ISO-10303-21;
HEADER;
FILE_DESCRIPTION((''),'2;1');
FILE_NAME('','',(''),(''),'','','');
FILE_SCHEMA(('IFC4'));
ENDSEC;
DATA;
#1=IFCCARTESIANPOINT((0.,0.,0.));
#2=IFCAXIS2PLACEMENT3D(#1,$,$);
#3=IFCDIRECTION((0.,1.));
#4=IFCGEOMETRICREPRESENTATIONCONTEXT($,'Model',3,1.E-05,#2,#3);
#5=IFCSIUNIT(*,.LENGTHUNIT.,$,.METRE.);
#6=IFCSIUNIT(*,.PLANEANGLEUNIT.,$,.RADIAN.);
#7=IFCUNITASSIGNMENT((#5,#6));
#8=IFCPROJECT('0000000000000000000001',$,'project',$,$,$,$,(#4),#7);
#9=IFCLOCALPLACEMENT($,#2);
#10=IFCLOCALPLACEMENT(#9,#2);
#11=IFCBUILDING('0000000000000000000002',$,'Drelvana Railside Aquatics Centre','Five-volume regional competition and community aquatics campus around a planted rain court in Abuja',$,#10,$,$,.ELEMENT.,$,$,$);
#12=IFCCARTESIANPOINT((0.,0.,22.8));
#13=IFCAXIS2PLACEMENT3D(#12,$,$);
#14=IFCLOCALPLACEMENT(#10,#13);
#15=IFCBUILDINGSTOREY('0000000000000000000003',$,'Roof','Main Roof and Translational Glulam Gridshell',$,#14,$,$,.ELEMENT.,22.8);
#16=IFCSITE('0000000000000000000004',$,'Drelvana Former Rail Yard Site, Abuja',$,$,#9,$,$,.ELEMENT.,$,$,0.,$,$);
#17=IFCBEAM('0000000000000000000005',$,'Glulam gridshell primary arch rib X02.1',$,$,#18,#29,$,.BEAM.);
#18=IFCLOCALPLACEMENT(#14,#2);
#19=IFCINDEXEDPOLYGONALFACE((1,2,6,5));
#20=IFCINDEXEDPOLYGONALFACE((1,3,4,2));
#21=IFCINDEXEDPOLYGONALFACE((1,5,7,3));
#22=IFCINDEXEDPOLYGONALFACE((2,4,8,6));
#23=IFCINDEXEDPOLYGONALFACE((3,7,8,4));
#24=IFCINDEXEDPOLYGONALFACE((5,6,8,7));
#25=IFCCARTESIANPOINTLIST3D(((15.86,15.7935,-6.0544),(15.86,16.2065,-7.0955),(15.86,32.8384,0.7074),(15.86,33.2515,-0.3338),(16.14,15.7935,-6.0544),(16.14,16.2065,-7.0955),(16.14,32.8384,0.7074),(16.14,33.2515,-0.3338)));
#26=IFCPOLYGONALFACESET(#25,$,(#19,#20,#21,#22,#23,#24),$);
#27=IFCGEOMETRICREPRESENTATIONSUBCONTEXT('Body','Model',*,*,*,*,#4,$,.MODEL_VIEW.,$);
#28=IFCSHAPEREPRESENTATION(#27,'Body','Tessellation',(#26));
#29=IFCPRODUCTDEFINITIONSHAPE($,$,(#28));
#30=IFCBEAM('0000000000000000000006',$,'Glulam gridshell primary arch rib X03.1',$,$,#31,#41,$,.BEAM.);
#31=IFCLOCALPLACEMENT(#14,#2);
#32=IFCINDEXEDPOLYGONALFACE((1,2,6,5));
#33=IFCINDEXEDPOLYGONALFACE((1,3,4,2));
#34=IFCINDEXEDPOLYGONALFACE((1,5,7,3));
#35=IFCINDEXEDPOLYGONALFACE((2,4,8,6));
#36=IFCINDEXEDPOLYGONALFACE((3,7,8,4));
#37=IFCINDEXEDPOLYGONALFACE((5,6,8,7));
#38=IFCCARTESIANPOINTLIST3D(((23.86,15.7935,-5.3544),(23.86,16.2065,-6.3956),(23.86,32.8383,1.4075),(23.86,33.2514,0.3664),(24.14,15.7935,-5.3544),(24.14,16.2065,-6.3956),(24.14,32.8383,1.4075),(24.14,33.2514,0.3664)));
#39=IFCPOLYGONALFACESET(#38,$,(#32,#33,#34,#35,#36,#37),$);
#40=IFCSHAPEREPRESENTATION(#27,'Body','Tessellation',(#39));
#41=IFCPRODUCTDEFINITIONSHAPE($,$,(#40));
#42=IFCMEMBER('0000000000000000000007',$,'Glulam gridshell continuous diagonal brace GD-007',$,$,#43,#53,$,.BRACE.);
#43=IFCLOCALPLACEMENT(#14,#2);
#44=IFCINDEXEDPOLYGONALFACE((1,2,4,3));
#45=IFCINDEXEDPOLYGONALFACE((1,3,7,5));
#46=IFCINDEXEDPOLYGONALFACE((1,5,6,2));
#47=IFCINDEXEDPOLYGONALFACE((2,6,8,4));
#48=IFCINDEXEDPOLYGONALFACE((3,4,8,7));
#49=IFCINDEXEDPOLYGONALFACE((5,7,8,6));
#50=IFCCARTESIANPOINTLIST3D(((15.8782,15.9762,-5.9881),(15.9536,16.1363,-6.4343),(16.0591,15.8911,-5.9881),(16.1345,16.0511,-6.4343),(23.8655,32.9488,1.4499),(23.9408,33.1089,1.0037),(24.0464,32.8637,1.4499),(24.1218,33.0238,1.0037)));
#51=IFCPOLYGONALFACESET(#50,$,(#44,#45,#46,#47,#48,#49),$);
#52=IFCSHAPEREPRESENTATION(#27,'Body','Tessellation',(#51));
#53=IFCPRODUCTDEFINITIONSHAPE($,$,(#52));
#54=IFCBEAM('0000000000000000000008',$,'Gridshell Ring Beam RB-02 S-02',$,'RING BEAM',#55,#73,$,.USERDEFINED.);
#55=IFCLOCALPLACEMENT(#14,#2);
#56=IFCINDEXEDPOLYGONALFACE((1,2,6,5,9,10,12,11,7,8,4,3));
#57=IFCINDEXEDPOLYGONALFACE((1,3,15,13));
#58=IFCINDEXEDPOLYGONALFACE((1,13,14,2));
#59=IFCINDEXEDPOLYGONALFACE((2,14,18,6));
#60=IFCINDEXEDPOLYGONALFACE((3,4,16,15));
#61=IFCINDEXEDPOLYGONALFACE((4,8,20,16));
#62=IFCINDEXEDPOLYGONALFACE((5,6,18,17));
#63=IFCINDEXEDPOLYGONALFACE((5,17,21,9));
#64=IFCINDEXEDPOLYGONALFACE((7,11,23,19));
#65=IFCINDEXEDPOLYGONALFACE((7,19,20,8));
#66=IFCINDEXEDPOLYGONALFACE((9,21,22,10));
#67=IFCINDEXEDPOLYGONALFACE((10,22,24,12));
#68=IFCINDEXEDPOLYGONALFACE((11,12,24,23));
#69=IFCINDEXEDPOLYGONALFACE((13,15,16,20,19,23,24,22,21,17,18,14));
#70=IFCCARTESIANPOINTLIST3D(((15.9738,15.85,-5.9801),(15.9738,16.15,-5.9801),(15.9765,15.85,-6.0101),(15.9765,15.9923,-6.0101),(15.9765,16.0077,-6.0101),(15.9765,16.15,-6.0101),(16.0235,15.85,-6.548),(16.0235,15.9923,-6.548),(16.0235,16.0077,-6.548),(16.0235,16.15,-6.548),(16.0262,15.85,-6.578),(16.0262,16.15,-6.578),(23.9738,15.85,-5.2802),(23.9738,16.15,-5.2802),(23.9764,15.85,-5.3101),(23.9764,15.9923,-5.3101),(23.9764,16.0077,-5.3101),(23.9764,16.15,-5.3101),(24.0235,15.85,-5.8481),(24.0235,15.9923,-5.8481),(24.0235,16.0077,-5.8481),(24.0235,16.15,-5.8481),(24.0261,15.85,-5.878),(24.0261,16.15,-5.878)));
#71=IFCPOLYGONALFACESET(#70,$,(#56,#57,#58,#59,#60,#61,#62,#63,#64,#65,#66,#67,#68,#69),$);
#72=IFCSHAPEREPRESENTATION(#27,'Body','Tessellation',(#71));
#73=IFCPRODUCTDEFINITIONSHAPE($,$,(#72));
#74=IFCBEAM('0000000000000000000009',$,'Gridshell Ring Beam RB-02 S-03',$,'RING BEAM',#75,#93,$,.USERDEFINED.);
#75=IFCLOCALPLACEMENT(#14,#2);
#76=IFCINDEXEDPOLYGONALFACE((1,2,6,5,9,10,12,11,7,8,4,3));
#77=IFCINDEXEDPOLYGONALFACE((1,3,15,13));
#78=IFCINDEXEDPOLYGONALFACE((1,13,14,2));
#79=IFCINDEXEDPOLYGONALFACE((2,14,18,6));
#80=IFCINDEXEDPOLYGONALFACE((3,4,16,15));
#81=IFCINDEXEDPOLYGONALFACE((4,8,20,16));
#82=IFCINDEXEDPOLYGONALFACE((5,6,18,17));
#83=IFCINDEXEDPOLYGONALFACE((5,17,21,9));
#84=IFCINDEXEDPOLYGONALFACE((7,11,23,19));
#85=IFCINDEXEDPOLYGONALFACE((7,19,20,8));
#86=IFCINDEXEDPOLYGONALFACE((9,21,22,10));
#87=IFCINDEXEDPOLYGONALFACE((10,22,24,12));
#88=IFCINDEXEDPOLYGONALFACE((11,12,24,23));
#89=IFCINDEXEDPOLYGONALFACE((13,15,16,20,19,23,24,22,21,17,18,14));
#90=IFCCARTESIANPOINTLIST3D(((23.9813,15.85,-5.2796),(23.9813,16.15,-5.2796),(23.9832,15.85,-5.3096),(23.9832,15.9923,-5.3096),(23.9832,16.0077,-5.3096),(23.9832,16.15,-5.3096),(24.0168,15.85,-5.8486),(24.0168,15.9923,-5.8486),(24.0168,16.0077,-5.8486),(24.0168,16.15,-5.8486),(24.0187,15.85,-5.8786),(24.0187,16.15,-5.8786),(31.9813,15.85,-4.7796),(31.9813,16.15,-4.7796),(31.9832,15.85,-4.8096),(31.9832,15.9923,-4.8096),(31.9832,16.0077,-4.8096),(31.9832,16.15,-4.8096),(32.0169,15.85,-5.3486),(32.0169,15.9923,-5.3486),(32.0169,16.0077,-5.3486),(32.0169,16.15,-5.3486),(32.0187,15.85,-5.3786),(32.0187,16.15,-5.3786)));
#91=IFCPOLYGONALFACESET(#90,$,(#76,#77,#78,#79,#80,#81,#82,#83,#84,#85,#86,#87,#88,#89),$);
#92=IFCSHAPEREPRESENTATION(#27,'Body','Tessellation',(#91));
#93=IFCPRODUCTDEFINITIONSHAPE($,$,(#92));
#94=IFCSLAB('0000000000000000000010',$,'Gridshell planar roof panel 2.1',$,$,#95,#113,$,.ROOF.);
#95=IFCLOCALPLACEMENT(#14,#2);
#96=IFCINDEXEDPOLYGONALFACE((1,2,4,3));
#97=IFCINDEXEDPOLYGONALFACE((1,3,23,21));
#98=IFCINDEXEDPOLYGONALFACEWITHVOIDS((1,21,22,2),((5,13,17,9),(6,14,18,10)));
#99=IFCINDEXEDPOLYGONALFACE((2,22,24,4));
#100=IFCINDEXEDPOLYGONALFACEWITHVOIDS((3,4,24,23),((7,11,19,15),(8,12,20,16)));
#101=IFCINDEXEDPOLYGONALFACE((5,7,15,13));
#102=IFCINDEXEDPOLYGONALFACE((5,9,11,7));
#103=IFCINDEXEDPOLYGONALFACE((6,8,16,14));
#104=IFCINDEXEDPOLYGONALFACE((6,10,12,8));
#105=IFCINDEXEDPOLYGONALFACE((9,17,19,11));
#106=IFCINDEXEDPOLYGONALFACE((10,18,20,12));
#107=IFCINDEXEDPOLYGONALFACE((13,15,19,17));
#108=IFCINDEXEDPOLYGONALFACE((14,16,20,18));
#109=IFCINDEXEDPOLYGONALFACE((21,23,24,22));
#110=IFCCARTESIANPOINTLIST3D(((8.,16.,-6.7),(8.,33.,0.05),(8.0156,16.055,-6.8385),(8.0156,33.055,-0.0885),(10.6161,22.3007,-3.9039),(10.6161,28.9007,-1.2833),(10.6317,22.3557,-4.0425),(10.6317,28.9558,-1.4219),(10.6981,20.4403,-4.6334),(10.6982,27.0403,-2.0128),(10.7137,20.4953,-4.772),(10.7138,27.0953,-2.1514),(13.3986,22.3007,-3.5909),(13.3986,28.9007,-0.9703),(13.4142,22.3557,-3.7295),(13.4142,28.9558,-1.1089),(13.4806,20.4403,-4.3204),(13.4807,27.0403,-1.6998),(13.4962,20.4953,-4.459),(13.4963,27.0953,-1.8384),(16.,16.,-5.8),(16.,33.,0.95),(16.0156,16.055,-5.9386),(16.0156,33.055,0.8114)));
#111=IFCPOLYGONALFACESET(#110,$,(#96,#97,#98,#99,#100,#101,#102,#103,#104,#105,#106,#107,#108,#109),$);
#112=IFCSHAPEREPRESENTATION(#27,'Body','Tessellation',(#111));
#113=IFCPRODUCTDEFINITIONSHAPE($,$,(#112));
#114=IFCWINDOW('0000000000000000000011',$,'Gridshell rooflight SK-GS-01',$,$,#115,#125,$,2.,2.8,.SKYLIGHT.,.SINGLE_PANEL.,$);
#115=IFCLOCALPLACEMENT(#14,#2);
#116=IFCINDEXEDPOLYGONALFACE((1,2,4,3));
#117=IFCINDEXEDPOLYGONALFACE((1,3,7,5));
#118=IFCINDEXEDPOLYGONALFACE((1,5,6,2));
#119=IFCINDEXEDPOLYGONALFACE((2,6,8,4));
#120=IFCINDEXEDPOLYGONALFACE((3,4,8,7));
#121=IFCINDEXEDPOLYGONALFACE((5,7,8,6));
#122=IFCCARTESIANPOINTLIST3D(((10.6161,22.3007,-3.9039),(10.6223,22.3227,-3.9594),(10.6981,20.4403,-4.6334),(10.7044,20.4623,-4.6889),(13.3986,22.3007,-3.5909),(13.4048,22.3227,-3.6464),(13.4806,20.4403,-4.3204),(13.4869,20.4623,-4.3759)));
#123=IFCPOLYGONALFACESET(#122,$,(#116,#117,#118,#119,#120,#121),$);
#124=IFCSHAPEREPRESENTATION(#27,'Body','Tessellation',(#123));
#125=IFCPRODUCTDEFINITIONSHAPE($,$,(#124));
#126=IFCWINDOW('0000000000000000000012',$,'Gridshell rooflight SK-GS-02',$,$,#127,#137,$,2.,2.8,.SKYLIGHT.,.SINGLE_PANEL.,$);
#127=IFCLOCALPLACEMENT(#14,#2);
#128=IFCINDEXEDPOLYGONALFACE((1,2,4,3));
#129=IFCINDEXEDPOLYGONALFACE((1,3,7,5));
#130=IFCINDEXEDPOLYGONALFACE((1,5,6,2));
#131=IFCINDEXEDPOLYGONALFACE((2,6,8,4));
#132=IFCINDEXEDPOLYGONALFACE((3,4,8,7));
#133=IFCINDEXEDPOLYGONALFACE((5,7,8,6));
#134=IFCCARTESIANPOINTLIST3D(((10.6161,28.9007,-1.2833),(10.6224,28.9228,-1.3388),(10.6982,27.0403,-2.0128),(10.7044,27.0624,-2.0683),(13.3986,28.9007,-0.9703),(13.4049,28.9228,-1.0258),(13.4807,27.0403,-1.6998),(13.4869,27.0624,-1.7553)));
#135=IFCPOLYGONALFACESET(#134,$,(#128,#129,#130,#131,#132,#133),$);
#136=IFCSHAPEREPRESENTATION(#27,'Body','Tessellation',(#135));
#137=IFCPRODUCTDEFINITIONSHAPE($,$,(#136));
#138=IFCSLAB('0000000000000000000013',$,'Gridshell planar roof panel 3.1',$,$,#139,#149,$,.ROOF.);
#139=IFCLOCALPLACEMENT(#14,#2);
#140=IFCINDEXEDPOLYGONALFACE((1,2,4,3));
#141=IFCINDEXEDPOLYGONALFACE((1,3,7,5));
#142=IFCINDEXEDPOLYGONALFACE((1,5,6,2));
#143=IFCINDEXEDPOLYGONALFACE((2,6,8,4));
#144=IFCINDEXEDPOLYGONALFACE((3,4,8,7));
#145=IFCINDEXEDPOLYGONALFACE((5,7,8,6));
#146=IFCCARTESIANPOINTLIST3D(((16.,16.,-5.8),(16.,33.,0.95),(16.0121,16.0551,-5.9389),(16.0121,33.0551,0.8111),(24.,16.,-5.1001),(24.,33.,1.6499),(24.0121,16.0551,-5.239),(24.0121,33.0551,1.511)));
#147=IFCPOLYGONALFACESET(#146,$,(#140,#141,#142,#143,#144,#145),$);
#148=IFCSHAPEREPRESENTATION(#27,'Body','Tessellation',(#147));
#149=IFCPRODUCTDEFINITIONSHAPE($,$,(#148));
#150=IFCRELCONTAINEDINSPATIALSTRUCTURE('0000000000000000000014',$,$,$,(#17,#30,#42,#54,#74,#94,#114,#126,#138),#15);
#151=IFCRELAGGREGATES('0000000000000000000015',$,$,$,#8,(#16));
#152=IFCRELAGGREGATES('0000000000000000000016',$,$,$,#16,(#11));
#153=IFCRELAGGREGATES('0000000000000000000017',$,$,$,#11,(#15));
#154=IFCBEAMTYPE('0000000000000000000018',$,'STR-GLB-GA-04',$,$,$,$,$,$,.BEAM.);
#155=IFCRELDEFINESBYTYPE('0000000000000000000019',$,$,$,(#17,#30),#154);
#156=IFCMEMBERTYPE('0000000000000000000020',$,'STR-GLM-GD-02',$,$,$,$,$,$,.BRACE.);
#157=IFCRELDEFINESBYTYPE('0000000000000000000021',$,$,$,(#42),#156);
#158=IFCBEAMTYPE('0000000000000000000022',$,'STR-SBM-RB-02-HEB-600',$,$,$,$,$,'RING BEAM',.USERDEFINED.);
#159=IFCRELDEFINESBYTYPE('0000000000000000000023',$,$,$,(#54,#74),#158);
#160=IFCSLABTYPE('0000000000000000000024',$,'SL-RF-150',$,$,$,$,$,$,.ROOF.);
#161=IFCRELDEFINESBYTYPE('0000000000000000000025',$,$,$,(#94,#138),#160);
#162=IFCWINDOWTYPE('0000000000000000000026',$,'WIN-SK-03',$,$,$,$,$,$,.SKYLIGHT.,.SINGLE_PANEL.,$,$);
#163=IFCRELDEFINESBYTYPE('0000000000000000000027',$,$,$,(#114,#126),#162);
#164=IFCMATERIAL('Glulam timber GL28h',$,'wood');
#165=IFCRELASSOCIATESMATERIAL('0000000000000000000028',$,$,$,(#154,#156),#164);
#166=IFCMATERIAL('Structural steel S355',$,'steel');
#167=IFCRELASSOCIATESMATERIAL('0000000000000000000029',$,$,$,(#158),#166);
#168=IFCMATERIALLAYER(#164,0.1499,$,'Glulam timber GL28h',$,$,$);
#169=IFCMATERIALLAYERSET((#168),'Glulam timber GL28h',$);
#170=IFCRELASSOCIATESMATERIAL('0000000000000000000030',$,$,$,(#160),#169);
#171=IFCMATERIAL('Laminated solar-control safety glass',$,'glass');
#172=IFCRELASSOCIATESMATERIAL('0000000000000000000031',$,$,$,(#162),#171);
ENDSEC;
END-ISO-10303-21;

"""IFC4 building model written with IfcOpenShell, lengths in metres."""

from ifc_helpers import new_model, si_unit, direction, frame, origin, origin_2d, place, context, subcontext, project, spatial, polyline, rectangle, i_section, outline, extrude, material, layer, layer_set, material_profile, profile_set, type_object, element, fill, save


model = new_model("IFC4")

# Units and contexts
model_context = context("Model", 3, precision=1e-05, world=origin(), true_north=direction((0.0, 1.0)))
body_context = subcontext(model_context, "Body", "Model", "MODEL_VIEW")
ifc_project = project(units=[si_unit("LENGTHUNIT", "METRE"), si_unit("PLANEANGLEUNIT", "RADIAN")], contexts=[model_context])

# Site, building, storey
site_placement = place(None, origin())
site = spatial("IfcSite", under=ifc_project, at=site_placement, Name="Drelvana Former Rail Yard Site, Abuja", CompositionType="ELEMENT", RefElevation=0.0)
building_placement = place(site_placement, origin())
building = spatial("IfcBuilding", under=site, at=building_placement, Name="Drelvana Railside Aquatics Centre", Description="Five-volume regional competition and community aquatics campus around a planted rain court in Abuja", CompositionType="ELEMENT")
storey_placement = place(building_placement, frame((0.0, 0.0, 22.8)))
storey = spatial("IfcBuildingStorey", under=building, at=storey_placement, Name="Roof", Description="Main Roof and Translational Glulam Gridshell", CompositionType="ELEMENT", Elevation=22.8)

# Beams
ifc_material_1 = material(Name="Glulam timber GL28h", Category="wood")
ifc_material_profile_1 = material_profile(ifc_material_1, rectangle(XDim=0.28, YDim=1.1201, at=origin_2d()), Name="GL28h 280x1120")
ifc_profile_set_1 = profile_set([ifc_material_profile_1], Name="Glulam timber GL28h")
beam_type_1 = type_object("IfcBeamType", Name="STR-GLB-GA-04", PredefinedType="BEAM", material=ifc_profile_set_1)
for number, where, z_axis, x_axis, name in (
    (1, (16.0, 16.0, -6.575), (0.0, 0.929531, 0.368745), (-1.0, 0.0, 0.0), "Glulam gridshell primary arch rib X02.1"),
    (2, (24.0, 16.0, -5.875), (0.0, 0.929526, 0.368756), (-1.0, 0.0, 0.0), "Glulam gridshell primary arch rib X03.1"),
):
    element("IfcBeam", number, at=place(storey_placement, frame(where, z_axis=z_axis, x_axis=x_axis)), inside=storey, type_object=beam_type_1, Name=name, PredefinedType="BEAM", context=body_context, shape_type="SweptSolid", body=[
        extrude(rectangle(XDim=0.28, YDim=1.1201, at=origin_2d()), origin(), (0.0, 0.0, 1.0), 18.3372),
    ])

# Member
ifc_material_profile_2 = material_profile(ifc_material_1, rectangle(XDim=0.2, YDim=0.48, at=origin_2d()), Name="GL28h 200x480")
ifc_profile_set_2 = profile_set([ifc_material_profile_2], Name="Glulam timber GL28h")
member_type = type_object("IfcMemberType", Name="STR-GLM-GD-02", PredefinedType="BRACE", material=ifc_profile_set_2)
member_placement = place(storey_placement, frame((16.0063, 16.0137, -6.2112), z_axis=(0.395823, 0.841105, 0.368601), x_axis=(-0.904815, 0.425805, 0.0)))
element("IfcMember", 3, at=member_placement, inside=storey, type_object=member_type, Name="Glulam gridshell continuous diagonal brace GD-007", PredefinedType="BRACE", context=body_context, shape_type="SweptSolid", body=[
    extrude(rectangle(XDim=0.2, YDim=0.48, at=origin_2d()), origin(), (0.0, 0.0, 1.0), 20.179),
])

# Beams
ifc_material_2 = material(Name="Structural steel S355", Category="steel")
ifc_material_profile_3 = material_profile(ifc_material_2, i_section(OverallWidth=0.3, OverallDepth=0.6001, WebThickness=0.0154, FlangeThickness=0.03, at=origin_2d()), Name="HEB 600")
ifc_profile_set_3 = profile_set([ifc_material_profile_3], Name="Structural steel S355")
beam_type_2 = type_object("IfcBeamType", Name="STR-SBM-RB-02-HEB-600", ElementType="RING BEAM", PredefinedType="USERDEFINED", material=ifc_profile_set_3)
beam_1_placement = place(storey_placement, frame((16.0, 16.0, -6.2791), z_axis=(0.996194, 0.0, 0.087161), x_axis=(0.0, 1.0, 0.0)))
element("IfcBeam", 4, at=beam_1_placement, inside=storey, type_object=beam_type_2, Name="Gridshell Ring Beam RB-02 S-02", ObjectType="RING BEAM", PredefinedType="USERDEFINED", context=body_context, shape_type="SweptSolid", body=[
    extrude(i_section(OverallWidth=0.3, OverallDepth=0.6001, WebThickness=0.0154, FlangeThickness=0.03, at=origin_2d()), origin(), (0.0, 0.0, 1.0), 8.0305),
])
beam_2_placement = place(storey_placement, frame((24.0, 16.0, -5.5791), z_axis=(0.998053, 0.0, 0.062378), x_axis=(0.0, 1.0, 0.0)))
element("IfcBeam", 5, at=beam_2_placement, inside=storey, type_object=beam_type_2, Name="Gridshell Ring Beam RB-02 S-03", ObjectType="RING BEAM", PredefinedType="USERDEFINED", context=body_context, shape_type="SweptSolid", body=[
    extrude(i_section(OverallWidth=0.3, OverallDepth=0.6001, WebThickness=0.0154, FlangeThickness=0.03, at=origin_2d()), origin(), (0.0, 0.0, 1.0), 8.0156),
])

# Slab, openings, windows
ifc_layer_1 = layer(ifc_material_1, 0.1499, Name="Glulam timber GL28h")
ifc_layer_set_1 = layer_set([ifc_layer_1], Name="Glulam timber GL28h")
slab_type_1 = type_object("IfcSlabType", Name="SL-RF-150", PredefinedType="ROOF", material=ifc_layer_set_1)
slab_1_placement = place(storey_placement, frame((8.0, 16.0, -6.7), z_axis=(-0.103981, -0.367033, 0.924378), x_axis=(0.993733, 0.0, 0.111783)))
slab_1 = element("IfcSlab", 6, at=slab_1_placement, inside=storey, type_object=slab_type_1, Name="Gridshell planar roof panel 2.1", PredefinedType="ROOF", context=body_context, shape_type="SweptSolid", body=[
    extrude(outline(polyline([(0.0, 0.0), (8.0505, 0.0), (8.805, 18.2755), (0.7545, 18.2755), (0.0, 0.0)])), origin(), (0.0, 0.0, -1.0), 0.1499),
])
opening_1_placement = place(slab_1_placement, frame((4.3123, 5.7734, 0.01)))
opening_1 = element("IfcOpeningElement", 7, at=opening_1_placement, cuts=slab_1, PredefinedType="OPENING", context=body_context, shape_type="SweptSolid", body=[
    extrude(rectangle(XDim=2.8, YDim=2.0, at=origin_2d()), origin(), (0.0, 0.0, -1.0), 0.1699),
])
opening_2_placement = place(slab_1_placement, frame((4.6052, 12.8687, 0.01)))
opening_2 = element("IfcOpeningElement", 8, at=opening_2_placement, cuts=slab_1, PredefinedType="OPENING", context=body_context, shape_type="SweptSolid", body=[
    extrude(rectangle(XDim=2.8, YDim=2.0, at=origin_2d()), origin(), (0.0, 0.0, -1.0), 0.1699),
])
ifc_material_3 = material(Name="Laminated solar-control safety glass", Category="glass")
window_type_1 = type_object("IfcWindowType", Name="WIN-SK-03", PartitioningType="SINGLE_PANEL", PredefinedType="SKYLIGHT", material=ifc_material_3)
window_1_placement = place(slab_1_placement, frame((4.3123, 5.7734, 0.0)))
window_1 = element("IfcWindow", 9, at=window_1_placement, inside=storey, type_object=window_type_1, Name="Gridshell rooflight SK-GS-01", OverallHeight=2.0, OverallWidth=2.8, PartitioningType="SINGLE_PANEL", PredefinedType="SKYLIGHT", context=body_context, shape_type="SweptSolid", body=[
    extrude(rectangle(XDim=2.8, YDim=2.0, at=origin_2d()), origin(), (0.0, 0.0, -1.0), 0.0601),
])
fill(opening_1, window_1)
window_2_placement = place(slab_1_placement, frame((4.6052, 12.8687, 0.0)))
window_2 = element("IfcWindow", 10, at=window_2_placement, inside=storey, type_object=window_type_1, Name="Gridshell rooflight SK-GS-02", OverallHeight=2.0, OverallWidth=2.8, PartitioningType="SINGLE_PANEL", PredefinedType="SKYLIGHT", context=body_context, shape_type="SweptSolid", body=[
    extrude(rectangle(XDim=2.8, YDim=2.0, at=origin_2d()), origin(), (0.0, 0.0, -1.0), 0.0601),
])
fill(opening_2, window_2)

# Slab
slab_2_placement = place(storey_placement, frame((16.0, 16.0, -5.8), z_axis=(-0.081051, -0.367819, 0.926359), x_axis=(0.996194, 0.0, 0.087161)))
element("IfcSlab", 11, at=slab_2_placement, inside=storey, type_object=slab_type_1, Name="Gridshell planar roof panel 3.1", PredefinedType="ROOF", context=body_context, shape_type="SweptSolid", body=[
    extrude(outline(polyline([(0.0, 0.0), (8.0306, 0.0), (8.6189, 18.2816), (0.5883, 18.2816), (0.0, 0.0)])), origin(), (0.0, 0.0, -1.0), 0.1499),
])

save(model, "model.ifc")
